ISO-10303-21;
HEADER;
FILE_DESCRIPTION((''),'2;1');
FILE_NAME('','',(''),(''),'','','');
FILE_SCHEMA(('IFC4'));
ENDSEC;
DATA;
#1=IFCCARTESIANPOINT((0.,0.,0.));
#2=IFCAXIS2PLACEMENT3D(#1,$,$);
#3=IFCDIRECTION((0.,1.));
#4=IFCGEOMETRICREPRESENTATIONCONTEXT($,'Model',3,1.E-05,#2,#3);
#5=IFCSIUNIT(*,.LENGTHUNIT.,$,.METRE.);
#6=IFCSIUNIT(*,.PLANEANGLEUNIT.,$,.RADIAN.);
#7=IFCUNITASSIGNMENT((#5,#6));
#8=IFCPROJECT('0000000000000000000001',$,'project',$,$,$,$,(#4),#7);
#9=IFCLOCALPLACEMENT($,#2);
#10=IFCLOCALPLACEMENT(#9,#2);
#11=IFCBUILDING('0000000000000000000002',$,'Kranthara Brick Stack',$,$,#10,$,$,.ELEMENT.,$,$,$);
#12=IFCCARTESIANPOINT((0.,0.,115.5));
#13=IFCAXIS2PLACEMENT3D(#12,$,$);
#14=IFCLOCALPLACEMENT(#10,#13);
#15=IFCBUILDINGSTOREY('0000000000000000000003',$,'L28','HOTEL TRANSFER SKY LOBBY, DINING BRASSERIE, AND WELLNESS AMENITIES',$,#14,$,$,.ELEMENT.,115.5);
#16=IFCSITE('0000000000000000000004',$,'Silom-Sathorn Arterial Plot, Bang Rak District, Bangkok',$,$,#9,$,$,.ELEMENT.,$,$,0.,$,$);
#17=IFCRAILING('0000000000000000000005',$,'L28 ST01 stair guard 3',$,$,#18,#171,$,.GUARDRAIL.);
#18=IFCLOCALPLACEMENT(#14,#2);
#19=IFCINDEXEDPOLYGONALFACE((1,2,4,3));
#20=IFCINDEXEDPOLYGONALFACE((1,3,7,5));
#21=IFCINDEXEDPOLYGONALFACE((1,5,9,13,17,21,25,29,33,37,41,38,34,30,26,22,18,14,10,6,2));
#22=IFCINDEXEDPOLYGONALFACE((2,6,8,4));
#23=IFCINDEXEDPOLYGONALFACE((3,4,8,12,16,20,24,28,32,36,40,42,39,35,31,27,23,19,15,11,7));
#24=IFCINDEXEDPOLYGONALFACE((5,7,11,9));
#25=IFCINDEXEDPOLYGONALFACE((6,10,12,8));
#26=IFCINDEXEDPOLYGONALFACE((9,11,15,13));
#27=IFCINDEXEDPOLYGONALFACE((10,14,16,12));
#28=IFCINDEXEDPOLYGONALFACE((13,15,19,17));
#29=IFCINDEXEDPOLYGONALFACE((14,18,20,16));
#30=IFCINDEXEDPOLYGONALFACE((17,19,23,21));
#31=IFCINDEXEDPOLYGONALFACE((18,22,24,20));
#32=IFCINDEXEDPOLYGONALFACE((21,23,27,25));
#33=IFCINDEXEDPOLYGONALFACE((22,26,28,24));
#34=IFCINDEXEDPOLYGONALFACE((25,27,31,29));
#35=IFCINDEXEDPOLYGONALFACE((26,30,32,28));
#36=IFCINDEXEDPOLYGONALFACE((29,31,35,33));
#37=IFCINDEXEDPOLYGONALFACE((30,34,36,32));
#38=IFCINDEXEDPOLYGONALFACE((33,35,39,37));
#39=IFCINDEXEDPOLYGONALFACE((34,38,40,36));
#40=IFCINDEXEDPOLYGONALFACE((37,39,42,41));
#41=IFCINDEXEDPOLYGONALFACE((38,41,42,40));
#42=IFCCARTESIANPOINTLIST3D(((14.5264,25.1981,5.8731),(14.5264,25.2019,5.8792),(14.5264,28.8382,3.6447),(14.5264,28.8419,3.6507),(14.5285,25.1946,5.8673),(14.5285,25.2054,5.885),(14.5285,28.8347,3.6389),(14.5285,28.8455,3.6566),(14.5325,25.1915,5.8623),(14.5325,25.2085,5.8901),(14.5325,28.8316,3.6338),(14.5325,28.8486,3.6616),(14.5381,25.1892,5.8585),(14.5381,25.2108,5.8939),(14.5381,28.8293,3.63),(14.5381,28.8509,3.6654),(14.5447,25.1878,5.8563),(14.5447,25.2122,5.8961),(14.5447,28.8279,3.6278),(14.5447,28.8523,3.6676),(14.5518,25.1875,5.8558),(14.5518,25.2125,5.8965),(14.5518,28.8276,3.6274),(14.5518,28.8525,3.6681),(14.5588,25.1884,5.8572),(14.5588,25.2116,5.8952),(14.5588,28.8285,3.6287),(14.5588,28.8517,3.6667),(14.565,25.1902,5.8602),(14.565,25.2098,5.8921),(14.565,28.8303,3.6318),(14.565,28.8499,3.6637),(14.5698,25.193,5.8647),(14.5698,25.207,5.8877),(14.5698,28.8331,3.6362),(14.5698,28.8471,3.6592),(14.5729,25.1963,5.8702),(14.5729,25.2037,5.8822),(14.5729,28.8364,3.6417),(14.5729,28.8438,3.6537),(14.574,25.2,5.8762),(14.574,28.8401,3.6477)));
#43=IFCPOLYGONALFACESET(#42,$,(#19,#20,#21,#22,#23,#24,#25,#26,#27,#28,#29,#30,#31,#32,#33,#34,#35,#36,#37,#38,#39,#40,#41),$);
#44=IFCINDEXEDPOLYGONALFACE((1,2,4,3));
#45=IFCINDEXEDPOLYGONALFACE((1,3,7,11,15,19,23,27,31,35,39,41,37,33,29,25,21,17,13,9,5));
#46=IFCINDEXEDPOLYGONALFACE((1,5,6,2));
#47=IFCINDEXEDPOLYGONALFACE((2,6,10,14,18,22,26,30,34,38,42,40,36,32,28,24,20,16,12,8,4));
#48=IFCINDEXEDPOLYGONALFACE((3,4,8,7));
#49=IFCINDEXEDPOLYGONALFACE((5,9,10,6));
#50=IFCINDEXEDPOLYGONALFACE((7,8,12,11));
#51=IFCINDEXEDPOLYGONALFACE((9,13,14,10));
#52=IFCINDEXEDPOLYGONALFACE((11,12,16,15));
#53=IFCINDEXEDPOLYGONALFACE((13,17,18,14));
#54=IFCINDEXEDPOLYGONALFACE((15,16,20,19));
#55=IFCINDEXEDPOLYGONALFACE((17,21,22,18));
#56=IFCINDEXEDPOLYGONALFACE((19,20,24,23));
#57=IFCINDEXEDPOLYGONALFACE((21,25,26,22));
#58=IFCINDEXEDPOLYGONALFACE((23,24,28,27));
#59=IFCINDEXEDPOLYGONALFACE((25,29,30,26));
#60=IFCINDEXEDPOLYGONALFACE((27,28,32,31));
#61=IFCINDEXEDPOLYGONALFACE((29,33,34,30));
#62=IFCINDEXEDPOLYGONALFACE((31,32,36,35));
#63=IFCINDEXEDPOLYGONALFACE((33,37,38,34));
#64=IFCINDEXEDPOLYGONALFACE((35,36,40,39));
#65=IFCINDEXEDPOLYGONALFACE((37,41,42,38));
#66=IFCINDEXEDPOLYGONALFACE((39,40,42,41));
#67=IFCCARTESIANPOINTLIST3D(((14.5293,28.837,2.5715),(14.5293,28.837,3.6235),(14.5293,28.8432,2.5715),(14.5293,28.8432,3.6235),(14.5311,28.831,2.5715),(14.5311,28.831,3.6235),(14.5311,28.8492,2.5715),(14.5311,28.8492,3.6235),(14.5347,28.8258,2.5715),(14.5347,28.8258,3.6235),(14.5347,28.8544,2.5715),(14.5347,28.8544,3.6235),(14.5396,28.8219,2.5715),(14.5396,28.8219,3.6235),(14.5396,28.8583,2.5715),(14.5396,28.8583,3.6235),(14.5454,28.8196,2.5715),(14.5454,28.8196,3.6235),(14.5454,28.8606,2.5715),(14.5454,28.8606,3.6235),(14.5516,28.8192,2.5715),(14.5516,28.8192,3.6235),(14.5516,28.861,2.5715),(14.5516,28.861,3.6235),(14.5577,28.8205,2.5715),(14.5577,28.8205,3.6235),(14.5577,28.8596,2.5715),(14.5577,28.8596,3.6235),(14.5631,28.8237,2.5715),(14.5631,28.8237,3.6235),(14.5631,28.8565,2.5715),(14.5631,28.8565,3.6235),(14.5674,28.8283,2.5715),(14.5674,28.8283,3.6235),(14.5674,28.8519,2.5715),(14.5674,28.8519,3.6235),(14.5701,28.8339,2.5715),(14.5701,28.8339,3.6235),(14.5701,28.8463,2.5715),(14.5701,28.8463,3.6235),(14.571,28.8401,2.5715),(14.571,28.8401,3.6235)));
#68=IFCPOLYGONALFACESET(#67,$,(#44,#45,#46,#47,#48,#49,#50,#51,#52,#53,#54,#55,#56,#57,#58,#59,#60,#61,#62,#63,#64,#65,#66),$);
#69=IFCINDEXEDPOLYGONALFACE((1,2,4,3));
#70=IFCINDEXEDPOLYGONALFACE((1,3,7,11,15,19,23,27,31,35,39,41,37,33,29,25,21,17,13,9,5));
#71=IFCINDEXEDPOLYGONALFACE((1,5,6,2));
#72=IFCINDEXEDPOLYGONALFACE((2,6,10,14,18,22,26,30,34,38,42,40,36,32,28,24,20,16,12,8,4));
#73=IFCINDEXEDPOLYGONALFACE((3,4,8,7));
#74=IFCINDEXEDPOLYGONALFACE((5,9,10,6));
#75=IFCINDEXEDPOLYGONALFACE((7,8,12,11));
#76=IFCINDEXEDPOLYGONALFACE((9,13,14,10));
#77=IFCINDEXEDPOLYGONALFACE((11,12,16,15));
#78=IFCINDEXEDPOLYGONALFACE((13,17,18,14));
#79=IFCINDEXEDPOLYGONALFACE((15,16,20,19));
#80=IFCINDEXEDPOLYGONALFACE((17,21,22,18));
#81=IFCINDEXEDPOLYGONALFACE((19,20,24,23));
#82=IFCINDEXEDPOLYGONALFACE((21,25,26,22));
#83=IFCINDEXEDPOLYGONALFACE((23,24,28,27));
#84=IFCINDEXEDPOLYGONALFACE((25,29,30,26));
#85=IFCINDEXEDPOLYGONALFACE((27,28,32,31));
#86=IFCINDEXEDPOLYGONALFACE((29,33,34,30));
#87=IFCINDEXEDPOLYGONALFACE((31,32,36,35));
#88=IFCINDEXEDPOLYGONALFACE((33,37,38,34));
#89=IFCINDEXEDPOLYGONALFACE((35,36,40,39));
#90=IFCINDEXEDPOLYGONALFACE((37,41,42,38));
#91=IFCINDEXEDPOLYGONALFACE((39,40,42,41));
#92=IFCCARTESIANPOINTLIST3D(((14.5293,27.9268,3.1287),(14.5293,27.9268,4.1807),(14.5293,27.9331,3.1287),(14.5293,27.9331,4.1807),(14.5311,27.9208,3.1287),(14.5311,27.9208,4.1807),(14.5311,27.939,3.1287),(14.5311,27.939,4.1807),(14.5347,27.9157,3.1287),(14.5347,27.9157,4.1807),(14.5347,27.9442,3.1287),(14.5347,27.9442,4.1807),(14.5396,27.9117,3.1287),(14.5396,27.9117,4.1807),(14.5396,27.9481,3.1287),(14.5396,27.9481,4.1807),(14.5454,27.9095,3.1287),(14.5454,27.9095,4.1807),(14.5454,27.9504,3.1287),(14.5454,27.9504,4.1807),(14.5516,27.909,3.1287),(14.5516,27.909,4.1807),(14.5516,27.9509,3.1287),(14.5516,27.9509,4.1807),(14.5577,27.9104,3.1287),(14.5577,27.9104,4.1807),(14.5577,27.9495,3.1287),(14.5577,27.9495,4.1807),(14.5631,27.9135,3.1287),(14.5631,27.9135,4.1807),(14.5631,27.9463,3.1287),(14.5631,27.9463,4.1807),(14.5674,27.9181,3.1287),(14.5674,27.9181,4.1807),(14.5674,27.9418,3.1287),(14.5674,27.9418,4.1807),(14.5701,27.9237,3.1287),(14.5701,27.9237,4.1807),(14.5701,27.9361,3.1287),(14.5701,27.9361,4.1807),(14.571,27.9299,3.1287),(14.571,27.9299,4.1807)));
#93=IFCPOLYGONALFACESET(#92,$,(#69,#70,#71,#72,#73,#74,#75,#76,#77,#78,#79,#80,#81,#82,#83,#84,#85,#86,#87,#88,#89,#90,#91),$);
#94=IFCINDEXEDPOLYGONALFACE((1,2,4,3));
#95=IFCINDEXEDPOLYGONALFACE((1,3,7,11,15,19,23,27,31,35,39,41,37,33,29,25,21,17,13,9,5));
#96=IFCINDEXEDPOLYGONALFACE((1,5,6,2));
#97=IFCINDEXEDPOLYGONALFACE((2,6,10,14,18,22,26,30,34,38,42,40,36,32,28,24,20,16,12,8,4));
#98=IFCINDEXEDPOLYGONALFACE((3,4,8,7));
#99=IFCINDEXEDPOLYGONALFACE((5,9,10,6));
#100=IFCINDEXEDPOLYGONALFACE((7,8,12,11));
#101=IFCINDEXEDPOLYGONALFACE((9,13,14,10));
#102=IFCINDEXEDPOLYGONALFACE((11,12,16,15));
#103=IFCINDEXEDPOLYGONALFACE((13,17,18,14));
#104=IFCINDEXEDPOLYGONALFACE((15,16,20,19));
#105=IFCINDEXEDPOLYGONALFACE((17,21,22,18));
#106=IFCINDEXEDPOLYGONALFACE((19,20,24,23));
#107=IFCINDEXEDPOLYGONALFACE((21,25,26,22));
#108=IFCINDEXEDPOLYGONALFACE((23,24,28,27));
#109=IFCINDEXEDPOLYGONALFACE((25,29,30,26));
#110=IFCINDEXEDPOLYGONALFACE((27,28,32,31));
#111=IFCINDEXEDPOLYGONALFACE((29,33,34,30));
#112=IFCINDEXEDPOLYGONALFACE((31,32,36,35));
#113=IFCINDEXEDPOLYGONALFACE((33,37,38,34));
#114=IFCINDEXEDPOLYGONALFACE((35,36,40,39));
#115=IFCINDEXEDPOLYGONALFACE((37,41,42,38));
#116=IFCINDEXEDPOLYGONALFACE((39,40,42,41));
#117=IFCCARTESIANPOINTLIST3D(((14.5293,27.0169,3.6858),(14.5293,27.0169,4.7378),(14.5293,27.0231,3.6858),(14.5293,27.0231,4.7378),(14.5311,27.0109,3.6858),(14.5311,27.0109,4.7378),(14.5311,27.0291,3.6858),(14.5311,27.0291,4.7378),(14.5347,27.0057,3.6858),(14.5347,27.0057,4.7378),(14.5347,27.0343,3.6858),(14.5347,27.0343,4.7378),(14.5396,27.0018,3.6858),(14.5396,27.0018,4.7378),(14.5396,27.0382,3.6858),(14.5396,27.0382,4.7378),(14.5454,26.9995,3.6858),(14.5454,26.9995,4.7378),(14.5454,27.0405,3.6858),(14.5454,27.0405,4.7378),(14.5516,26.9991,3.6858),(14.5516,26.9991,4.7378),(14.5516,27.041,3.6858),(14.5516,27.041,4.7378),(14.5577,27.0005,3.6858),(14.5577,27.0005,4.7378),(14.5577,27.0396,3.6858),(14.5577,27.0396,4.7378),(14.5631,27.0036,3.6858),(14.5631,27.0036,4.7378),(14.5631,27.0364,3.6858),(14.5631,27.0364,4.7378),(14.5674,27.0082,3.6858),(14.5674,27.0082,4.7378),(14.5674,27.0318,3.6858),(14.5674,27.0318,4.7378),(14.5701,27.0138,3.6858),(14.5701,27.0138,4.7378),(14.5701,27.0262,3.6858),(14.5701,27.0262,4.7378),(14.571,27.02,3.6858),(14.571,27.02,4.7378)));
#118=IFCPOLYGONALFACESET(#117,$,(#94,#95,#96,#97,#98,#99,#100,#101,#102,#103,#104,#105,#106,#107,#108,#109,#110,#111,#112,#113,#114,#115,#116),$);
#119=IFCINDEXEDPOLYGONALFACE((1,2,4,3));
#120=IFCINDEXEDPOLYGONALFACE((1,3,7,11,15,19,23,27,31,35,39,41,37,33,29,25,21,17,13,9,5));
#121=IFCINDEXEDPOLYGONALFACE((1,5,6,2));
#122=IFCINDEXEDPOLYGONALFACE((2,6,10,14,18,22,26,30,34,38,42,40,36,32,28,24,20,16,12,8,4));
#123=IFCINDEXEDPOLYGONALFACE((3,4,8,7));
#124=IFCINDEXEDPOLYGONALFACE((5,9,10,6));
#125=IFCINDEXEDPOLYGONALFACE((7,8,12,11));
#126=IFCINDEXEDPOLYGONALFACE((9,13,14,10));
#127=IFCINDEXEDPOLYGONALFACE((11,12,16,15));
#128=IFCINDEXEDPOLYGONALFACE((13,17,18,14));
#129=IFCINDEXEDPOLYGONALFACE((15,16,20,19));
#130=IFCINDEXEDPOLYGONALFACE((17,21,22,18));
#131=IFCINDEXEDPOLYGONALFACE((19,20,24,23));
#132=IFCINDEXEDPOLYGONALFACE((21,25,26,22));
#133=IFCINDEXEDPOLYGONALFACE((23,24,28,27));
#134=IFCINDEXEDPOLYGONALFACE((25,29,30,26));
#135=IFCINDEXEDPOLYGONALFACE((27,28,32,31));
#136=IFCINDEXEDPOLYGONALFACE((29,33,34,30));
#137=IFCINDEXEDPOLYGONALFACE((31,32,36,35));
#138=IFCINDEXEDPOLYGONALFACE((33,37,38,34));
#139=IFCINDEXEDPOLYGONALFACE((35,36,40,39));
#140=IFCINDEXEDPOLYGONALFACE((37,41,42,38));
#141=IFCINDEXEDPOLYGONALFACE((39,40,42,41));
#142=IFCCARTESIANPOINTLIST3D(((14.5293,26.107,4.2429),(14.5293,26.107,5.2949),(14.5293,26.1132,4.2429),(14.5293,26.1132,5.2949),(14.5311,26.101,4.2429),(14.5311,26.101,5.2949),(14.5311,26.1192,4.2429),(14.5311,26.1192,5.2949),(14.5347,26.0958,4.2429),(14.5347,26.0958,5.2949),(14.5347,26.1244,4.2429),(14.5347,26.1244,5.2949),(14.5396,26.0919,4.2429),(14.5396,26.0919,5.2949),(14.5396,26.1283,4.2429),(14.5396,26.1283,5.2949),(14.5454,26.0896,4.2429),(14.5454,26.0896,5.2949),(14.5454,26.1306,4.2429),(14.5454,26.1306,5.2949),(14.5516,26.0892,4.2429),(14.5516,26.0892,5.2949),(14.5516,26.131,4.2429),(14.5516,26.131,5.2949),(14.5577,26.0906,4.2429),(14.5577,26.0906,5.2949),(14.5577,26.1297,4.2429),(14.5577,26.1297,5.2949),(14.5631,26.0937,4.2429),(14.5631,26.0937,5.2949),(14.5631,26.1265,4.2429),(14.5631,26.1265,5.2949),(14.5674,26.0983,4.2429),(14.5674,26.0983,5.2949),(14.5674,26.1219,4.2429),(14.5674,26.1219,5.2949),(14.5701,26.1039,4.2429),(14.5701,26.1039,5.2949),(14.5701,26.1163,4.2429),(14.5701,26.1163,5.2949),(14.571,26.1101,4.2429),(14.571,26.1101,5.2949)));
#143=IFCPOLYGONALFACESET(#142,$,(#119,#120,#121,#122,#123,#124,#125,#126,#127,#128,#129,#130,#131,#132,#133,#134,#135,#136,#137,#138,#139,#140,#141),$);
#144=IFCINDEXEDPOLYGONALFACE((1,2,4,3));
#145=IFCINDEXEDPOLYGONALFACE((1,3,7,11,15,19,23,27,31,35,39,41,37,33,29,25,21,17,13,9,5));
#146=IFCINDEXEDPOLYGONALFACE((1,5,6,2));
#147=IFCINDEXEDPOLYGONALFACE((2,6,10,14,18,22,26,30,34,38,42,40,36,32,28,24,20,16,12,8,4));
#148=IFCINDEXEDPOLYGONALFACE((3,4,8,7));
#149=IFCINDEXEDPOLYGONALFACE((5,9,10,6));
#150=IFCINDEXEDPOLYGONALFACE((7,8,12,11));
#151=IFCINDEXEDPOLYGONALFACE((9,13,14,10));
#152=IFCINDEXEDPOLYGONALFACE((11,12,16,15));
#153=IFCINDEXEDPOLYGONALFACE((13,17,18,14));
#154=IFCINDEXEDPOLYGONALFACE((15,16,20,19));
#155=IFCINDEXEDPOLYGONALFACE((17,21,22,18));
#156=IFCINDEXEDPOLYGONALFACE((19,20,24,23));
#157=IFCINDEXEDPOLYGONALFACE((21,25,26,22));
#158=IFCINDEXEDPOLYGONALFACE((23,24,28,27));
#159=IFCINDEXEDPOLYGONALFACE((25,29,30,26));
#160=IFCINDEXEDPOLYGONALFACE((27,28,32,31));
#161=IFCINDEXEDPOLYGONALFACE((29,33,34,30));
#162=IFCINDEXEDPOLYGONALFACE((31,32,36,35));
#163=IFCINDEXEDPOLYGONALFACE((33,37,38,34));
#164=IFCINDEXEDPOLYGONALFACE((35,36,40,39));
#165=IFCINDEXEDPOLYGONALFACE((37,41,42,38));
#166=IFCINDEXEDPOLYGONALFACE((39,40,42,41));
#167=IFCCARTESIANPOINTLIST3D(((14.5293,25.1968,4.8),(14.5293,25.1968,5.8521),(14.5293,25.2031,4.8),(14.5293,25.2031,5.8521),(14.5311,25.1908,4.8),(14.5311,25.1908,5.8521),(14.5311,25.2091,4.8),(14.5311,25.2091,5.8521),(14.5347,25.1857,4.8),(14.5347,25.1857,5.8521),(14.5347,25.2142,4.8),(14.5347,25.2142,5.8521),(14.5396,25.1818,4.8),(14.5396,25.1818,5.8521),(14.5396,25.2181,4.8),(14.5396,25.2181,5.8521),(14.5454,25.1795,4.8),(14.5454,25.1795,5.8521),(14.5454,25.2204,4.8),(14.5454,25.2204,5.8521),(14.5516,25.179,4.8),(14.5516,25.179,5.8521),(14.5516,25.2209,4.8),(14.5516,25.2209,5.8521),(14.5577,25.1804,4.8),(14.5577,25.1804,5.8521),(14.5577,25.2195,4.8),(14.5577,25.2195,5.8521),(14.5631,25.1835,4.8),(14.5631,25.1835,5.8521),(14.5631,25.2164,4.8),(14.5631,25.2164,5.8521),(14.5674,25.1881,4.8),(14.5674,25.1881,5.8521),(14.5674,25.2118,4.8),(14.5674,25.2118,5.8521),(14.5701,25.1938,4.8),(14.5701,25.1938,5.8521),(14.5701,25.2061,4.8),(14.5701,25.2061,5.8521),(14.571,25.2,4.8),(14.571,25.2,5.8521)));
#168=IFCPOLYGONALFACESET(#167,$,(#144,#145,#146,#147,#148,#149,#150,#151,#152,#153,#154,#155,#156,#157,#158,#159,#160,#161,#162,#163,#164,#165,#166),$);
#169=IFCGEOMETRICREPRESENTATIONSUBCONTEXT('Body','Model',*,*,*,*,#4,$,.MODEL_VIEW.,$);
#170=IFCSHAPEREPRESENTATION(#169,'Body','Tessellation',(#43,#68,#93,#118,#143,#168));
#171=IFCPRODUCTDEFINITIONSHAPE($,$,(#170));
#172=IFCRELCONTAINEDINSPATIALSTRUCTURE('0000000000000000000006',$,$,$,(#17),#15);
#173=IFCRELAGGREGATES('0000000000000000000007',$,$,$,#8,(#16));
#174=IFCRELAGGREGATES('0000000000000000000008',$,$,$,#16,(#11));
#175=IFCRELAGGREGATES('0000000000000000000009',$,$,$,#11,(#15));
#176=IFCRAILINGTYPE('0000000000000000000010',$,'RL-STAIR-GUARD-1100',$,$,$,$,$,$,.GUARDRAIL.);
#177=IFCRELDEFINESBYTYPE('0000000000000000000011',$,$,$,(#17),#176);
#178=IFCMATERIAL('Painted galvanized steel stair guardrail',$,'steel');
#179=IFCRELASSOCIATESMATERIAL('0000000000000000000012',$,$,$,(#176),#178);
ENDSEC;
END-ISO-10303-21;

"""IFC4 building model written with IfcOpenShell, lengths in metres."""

from ifc_helpers import new_model, si_unit, direction, frame, origin, origin_2d, place, context, subcontext, project, spatial, circle, extrude, material, type_object, element, save


model = new_model("IFC4")

# Units and contexts
model_context = context("Model", 3, precision=1e-05, world=origin(), true_north=direction((0.0, 1.0)))
body_context = subcontext(model_context, "Body", "Model", "MODEL_VIEW")
ifc_project = project(units=[si_unit("LENGTHUNIT", "METRE"), si_unit("PLANEANGLEUNIT", "RADIAN")], contexts=[model_context])

# Site, building, storey
site_placement = place(None, origin())
site = spatial("IfcSite", under=ifc_project, at=site_placement, Name="Silom-Sathorn Arterial Plot, Bang Rak District, Bangkok", CompositionType="ELEMENT", RefElevation=0.0)
building_placement = place(site_placement, origin())
building = spatial("IfcBuilding", under=site, at=building_placement, Name="Kranthara Brick Stack", CompositionType="ELEMENT")
storey_placement = place(building_placement, frame((0.0, 0.0, 115.5)))
storey = spatial("IfcBuildingStorey", under=building, at=storey_placement, Name="L28", Description="HOTEL TRANSFER SKY LOBBY, DINING BRASSERIE, AND WELLNESS AMENITIES", CompositionType="ELEMENT", Elevation=115.5)

# Railing
ifc_material_1 = material(Name="Painted galvanized steel stair guardrail", Category="steel")
railing_type_1 = type_object("IfcRailingType", Name="RL-STAIR-GUARD-1100", PredefinedType="GUARDRAIL", material=ifc_material_1)
railing_1_placement = place(storey_placement, frame((14.55, 28.8401, 2.5715)))
element("IfcRailing", 1, at=railing_1_placement, inside=storey, type_object=railing_type_1, Name="L28 ST01 stair guard 3", PredefinedType="GUARDRAIL", context=body_context, shape_type="SweptSolid", body=[
    extrude(circle(Radius=0.0239, at=origin_2d()), frame((0.0, 0.0, 1.0762), z_axis=(0.0, -0.852866, 0.52213), x_axis=(1.0, 0.0, 0.0)), (0.0, 0.0, 1.0), 4.2681),
    extrude(circle(Radius=0.021, at=origin_2d()), origin(), (0.0, 0.0, 1.0), 1.052),
    extrude(circle(Radius=0.021, at=origin_2d()), frame((0.0, -0.9102, 0.5571)), (0.0, 0.0, 1.0), 1.052),
    extrude(circle(Radius=0.021, at=origin_2d()), frame((0.0, -1.8201, 1.1143)), (0.0, 0.0, 1.0), 1.052),
    extrude(circle(Radius=0.021, at=origin_2d()), frame((0.0, -2.73, 1.6714)), (0.0, 0.0, 1.0), 1.052),
    extrude(circle(Radius=0.021, at=origin_2d()), frame((0.0, -3.6401, 2.2285)), (0.0, 0.0, 1.0), 1.052),
])

save(model, "model.ifc")
